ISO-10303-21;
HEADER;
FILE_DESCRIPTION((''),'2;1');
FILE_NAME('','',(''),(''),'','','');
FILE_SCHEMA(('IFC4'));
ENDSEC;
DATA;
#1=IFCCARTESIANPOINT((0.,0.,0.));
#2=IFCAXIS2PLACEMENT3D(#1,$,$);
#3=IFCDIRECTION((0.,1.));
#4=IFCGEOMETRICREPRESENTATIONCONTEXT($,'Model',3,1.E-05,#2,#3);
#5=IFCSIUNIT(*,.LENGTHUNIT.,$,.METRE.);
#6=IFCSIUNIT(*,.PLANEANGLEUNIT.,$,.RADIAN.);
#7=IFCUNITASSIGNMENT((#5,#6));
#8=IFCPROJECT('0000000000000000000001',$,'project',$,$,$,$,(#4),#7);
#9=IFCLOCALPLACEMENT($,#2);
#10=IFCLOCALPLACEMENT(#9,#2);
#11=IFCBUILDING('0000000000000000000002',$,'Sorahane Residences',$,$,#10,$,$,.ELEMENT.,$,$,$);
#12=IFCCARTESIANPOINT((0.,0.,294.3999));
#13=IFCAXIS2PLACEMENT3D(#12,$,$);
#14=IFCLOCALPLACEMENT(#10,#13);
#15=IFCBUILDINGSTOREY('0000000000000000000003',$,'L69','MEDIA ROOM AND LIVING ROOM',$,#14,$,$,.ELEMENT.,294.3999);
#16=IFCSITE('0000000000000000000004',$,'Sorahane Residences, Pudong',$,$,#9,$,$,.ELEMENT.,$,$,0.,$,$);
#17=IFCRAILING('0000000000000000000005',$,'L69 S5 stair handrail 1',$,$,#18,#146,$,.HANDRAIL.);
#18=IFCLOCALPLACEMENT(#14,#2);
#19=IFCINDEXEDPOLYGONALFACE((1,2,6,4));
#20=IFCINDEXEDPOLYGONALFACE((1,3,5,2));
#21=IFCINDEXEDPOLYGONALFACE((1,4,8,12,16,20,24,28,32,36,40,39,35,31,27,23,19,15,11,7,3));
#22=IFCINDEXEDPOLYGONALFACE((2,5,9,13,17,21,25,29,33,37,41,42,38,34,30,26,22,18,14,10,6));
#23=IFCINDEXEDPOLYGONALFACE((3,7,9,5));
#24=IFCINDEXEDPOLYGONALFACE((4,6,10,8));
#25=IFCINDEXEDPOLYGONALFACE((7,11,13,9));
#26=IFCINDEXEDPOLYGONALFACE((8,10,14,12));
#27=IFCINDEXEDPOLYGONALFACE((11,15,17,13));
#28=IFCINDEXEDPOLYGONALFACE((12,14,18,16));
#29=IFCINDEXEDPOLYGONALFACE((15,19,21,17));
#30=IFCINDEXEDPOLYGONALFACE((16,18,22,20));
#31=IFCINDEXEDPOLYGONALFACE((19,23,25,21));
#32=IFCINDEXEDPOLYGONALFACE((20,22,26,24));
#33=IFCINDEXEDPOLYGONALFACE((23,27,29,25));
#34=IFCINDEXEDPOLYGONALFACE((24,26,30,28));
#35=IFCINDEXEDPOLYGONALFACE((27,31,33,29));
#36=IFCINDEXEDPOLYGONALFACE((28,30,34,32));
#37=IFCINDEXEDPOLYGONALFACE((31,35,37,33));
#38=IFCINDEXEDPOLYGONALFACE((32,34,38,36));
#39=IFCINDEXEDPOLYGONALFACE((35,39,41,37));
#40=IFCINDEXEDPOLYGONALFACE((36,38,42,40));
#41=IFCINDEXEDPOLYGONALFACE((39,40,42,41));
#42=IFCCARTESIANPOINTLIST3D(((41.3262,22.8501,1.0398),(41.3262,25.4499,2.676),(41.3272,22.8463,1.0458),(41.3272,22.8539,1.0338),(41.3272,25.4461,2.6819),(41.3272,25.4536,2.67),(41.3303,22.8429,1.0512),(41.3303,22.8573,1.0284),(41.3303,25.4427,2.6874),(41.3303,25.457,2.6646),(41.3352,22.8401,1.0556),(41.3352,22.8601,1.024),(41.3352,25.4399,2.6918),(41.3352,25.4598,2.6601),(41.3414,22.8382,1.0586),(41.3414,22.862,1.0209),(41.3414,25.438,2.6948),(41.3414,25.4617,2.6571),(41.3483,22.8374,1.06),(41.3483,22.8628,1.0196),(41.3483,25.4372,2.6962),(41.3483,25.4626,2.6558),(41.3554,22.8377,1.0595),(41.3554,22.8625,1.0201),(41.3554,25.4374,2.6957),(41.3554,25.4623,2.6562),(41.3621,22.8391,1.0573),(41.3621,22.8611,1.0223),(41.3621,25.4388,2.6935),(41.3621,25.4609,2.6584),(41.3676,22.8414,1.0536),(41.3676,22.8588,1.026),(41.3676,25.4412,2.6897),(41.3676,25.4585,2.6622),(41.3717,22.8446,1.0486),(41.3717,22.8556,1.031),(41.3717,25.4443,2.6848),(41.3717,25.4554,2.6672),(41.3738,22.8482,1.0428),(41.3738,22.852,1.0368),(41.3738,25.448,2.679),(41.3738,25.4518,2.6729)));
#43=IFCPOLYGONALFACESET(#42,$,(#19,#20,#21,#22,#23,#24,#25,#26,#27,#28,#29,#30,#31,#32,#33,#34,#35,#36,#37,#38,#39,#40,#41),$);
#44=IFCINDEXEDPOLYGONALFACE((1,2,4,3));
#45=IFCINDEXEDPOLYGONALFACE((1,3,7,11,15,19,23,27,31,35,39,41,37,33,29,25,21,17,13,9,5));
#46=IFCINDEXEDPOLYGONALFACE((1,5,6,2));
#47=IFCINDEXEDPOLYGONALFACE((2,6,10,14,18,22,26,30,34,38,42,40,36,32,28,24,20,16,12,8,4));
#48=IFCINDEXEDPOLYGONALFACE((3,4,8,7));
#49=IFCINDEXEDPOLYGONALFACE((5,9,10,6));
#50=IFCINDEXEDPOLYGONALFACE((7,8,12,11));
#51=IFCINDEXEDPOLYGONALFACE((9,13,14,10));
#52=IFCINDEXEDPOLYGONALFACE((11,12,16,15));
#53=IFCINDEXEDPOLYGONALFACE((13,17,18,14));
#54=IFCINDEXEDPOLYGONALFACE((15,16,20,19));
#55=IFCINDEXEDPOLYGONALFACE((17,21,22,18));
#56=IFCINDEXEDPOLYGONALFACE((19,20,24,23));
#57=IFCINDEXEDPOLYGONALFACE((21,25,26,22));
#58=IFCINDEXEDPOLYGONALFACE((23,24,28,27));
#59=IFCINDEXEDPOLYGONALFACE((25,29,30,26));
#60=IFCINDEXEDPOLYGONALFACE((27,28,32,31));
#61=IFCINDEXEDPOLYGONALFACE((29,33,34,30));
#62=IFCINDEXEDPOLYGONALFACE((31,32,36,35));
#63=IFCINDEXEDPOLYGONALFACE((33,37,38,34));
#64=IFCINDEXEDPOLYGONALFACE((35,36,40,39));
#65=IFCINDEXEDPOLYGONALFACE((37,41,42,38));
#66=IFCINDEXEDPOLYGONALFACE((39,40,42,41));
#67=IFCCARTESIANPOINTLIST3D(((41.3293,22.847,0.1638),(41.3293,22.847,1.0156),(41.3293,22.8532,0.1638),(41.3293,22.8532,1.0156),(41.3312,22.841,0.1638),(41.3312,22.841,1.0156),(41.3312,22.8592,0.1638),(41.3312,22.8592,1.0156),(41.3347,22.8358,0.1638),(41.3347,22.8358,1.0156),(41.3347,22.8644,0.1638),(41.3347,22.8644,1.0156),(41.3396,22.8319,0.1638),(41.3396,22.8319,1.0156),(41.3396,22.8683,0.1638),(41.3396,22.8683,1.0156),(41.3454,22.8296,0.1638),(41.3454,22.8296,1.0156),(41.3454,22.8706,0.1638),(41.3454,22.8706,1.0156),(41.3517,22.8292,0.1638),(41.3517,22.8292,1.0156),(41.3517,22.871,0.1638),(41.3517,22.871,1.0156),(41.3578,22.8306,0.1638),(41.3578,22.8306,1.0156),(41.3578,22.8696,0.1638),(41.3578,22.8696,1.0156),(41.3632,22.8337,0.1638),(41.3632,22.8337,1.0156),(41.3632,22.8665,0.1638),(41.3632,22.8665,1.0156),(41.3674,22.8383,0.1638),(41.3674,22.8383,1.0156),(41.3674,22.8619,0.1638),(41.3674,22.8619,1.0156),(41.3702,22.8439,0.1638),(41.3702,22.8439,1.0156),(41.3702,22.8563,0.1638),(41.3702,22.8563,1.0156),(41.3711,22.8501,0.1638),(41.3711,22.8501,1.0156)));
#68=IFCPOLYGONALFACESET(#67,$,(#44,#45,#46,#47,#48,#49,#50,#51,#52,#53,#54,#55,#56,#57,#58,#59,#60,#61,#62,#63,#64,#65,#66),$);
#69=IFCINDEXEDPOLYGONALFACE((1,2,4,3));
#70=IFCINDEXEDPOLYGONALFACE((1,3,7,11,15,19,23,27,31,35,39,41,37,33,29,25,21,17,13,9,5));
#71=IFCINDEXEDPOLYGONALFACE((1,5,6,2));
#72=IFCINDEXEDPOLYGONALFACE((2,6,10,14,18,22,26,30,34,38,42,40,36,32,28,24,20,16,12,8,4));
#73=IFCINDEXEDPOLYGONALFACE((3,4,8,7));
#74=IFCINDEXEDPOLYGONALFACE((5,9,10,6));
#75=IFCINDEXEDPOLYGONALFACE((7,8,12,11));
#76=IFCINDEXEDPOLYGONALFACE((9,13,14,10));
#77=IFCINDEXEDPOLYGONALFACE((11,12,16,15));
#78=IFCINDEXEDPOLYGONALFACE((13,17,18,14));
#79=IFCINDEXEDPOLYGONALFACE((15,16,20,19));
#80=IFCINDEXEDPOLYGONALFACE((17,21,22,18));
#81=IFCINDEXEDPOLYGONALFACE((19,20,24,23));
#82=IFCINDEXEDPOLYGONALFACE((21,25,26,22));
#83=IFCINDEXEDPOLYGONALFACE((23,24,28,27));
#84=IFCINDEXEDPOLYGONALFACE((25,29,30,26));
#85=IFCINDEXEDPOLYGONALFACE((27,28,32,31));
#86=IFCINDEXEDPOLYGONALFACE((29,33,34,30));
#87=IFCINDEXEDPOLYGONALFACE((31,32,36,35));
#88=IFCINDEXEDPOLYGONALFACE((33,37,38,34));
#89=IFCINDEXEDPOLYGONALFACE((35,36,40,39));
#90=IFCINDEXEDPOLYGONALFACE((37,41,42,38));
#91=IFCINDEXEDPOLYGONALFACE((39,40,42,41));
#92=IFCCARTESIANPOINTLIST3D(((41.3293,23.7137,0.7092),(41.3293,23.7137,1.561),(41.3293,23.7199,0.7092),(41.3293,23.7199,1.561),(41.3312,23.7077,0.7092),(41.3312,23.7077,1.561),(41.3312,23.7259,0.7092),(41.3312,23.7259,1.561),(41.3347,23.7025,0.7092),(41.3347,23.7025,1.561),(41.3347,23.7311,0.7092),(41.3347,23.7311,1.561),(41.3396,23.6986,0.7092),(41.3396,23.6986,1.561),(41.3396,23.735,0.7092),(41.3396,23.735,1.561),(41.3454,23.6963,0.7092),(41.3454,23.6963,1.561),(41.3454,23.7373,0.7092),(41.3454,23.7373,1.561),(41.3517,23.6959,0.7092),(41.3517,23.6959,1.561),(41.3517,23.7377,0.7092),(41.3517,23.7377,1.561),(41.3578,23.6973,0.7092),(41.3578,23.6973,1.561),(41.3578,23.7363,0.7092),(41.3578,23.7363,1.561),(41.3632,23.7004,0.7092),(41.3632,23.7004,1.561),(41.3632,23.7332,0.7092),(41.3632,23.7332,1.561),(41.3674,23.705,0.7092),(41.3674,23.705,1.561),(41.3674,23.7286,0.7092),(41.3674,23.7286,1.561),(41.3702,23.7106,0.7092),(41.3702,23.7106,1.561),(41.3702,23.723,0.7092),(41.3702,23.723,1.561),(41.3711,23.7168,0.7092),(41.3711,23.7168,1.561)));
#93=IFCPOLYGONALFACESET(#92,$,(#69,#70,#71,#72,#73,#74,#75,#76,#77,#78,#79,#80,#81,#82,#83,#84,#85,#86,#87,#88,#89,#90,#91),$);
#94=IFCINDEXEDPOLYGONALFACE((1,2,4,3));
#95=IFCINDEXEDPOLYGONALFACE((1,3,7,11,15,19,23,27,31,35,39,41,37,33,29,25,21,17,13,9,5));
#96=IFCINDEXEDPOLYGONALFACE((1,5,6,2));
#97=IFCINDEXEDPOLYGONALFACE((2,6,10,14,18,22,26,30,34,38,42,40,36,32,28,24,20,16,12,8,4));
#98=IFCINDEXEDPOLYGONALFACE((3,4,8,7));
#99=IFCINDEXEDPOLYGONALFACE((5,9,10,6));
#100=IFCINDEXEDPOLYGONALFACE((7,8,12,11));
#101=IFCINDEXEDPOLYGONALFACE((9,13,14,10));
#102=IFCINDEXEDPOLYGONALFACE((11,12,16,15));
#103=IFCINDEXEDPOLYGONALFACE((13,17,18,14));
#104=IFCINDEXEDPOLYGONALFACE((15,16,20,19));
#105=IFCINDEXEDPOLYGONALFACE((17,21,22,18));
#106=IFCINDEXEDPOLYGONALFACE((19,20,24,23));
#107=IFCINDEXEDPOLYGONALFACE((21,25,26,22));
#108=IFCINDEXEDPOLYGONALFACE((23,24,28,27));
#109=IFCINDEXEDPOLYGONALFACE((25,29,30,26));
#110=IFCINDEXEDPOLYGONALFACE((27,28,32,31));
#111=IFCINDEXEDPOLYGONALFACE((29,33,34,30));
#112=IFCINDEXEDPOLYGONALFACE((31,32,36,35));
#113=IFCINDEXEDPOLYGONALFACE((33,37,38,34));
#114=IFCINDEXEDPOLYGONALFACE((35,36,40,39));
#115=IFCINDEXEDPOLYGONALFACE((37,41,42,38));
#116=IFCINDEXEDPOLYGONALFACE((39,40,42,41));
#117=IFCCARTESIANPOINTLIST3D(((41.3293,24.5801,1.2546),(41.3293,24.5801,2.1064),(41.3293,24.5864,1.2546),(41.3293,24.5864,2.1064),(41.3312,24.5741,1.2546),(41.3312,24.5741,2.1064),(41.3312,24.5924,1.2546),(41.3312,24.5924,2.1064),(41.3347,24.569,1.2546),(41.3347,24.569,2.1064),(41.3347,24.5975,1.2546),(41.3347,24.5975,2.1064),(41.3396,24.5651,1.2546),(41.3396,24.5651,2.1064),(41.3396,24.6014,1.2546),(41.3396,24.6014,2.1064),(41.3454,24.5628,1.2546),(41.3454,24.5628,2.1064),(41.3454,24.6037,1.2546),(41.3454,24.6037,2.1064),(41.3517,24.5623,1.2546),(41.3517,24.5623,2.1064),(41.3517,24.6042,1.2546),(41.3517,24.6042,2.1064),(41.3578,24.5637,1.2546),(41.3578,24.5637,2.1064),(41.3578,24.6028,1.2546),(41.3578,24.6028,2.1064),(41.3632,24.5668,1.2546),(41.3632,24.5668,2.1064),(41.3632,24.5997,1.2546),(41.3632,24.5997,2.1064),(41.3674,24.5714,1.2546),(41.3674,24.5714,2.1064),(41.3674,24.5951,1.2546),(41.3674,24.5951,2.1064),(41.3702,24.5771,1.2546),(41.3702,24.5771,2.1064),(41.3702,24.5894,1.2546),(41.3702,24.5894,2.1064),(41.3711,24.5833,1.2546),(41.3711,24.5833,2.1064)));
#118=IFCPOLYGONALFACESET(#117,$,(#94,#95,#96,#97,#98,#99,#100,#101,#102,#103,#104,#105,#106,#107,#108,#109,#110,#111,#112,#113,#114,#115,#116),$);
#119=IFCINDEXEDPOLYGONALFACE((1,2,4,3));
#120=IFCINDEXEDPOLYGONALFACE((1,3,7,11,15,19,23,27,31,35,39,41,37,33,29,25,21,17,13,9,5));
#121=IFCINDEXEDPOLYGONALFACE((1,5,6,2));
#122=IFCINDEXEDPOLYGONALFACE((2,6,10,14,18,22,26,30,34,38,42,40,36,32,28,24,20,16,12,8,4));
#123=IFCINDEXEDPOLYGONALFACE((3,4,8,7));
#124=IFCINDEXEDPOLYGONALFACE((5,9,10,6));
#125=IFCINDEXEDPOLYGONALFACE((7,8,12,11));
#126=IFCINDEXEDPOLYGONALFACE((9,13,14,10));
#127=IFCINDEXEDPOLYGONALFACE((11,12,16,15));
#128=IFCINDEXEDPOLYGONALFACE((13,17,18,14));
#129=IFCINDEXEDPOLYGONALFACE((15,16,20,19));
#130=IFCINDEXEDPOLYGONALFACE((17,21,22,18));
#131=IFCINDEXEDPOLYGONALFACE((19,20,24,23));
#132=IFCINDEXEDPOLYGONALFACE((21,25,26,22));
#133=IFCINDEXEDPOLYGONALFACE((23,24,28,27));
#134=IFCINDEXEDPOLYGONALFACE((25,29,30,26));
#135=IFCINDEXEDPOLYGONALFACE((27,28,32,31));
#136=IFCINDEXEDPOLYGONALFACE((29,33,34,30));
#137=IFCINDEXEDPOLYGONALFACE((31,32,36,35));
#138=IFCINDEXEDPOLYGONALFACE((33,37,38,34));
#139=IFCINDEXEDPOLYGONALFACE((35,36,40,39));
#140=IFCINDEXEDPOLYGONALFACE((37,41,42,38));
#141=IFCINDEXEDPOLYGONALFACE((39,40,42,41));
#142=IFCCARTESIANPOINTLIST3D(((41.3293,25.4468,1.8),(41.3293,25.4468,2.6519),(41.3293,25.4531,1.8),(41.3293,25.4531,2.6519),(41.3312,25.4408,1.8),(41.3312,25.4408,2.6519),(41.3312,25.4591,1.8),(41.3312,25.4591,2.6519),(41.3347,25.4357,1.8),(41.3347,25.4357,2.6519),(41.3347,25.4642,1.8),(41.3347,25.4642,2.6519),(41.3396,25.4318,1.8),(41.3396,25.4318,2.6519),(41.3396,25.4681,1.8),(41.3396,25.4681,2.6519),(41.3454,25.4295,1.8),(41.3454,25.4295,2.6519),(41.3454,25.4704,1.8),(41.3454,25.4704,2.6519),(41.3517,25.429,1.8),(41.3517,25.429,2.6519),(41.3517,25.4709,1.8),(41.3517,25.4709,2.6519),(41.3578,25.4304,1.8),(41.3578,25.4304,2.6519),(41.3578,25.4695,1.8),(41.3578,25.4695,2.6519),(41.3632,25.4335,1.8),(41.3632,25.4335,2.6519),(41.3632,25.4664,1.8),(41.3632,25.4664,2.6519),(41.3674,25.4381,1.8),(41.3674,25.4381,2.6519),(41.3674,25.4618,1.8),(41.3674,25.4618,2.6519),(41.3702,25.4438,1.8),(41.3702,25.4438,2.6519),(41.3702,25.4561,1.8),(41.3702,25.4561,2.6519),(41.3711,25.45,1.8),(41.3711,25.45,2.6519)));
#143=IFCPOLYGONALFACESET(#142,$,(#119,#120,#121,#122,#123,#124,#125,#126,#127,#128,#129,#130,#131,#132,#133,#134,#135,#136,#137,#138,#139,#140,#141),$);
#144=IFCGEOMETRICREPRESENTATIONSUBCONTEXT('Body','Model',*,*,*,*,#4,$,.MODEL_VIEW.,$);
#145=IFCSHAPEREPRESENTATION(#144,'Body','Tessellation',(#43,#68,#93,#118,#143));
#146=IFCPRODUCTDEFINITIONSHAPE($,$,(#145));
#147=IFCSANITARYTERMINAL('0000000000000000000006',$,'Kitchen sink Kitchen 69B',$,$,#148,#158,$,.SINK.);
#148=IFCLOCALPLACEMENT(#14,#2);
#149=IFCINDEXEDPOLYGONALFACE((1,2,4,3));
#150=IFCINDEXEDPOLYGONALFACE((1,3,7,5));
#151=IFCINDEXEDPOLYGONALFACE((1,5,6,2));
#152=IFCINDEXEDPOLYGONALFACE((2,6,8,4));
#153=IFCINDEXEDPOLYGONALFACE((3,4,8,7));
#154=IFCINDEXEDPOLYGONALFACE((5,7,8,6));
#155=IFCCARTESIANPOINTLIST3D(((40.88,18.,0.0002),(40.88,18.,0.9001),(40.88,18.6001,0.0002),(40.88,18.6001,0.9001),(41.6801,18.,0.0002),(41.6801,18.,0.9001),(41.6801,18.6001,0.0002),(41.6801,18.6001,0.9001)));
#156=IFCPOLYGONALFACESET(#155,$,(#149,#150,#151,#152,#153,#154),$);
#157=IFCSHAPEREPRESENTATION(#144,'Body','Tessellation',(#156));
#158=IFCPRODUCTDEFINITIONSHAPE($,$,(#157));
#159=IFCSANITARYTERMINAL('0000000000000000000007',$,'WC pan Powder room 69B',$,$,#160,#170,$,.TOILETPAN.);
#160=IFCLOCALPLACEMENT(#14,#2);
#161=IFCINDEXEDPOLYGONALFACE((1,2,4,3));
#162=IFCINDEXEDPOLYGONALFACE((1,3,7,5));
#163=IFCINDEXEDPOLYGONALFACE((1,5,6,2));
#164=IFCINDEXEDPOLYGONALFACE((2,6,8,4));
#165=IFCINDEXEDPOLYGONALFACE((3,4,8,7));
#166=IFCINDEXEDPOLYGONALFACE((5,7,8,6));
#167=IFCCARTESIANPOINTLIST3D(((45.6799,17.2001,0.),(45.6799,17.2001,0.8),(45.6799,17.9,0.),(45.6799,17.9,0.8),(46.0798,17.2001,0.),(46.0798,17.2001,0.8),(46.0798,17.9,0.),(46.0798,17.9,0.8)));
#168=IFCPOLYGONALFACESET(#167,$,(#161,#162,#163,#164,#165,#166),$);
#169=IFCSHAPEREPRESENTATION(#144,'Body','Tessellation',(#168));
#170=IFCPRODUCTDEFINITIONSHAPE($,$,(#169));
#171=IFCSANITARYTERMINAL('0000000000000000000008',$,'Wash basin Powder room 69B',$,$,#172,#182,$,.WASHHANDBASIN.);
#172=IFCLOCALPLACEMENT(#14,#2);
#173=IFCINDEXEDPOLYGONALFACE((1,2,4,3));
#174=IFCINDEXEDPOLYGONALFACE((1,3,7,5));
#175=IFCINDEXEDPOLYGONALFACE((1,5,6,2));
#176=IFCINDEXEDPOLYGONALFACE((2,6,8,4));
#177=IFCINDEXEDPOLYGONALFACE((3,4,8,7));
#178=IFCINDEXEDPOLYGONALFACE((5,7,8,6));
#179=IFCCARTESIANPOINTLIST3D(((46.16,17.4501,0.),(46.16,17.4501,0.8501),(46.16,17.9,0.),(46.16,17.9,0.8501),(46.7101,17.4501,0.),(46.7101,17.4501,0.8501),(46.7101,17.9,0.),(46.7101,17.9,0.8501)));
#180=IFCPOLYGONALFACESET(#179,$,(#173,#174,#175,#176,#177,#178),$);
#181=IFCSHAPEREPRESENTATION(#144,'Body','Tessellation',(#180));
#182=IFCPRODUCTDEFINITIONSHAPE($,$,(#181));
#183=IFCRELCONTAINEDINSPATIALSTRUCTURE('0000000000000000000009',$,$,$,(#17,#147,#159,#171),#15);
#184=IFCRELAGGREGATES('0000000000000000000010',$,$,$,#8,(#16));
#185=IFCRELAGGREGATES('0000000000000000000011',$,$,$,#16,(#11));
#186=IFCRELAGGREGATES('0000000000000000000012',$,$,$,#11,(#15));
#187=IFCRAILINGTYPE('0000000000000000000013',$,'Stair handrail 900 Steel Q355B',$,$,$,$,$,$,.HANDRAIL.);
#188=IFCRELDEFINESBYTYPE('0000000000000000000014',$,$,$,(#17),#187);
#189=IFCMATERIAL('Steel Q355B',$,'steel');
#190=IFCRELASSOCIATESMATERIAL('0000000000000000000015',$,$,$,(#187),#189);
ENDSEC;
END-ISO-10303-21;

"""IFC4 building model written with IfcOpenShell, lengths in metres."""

from ifc_helpers import new_model, si_unit, direction, frame, origin, origin_2d, place, context, subcontext, project, spatial, rectangle, circle, extrude, material, type_object, element, save


model = new_model("IFC4")

# Units and contexts
model_context = context("Model", 3, precision=1e-05, world=origin(), true_north=direction((0.0, 1.0)))
body_context = subcontext(model_context, "Body", "Model", "MODEL_VIEW")
ifc_project = project(units=[si_unit("LENGTHUNIT", "METRE"), si_unit("PLANEANGLEUNIT", "RADIAN")], contexts=[model_context])

# Site, building, storey
site_placement = place(None, origin())
site = spatial("IfcSite", under=ifc_project, at=site_placement, Name="Sorahane Residences, Pudong", CompositionType="ELEMENT", RefElevation=0.0)
building_placement = place(site_placement, origin())
building = spatial("IfcBuilding", under=site, at=building_placement, Name="Sorahane Residences", CompositionType="ELEMENT")
storey_placement = place(building_placement, frame((0.0, 0.0, 294.3999)))
storey = spatial("IfcBuildingStorey", under=building, at=storey_placement, Name="L69", Description="MEDIA ROOM AND LIVING ROOM", CompositionType="ELEMENT", Elevation=294.3999)

# Railing
ifc_material_1 = material(Name="Steel Q355B", Category="steel")
railing_type_1 = type_object("IfcRailingType", Name="Stair handrail 900 Steel Q355B", PredefinedType="HANDRAIL", material=ifc_material_1)
railing_1_placement = place(storey_placement, frame((41.3501, 22.8501, 0.1638)))
element("IfcRailing", 1, at=railing_1_placement, inside=storey, type_object=railing_type_1, Name="L69 S5 stair handrail 1", PredefinedType="HANDRAIL", context=body_context, shape_type="SweptSolid", body=[
    extrude(circle(Radius=0.0239, at=origin_2d()), frame((0.0, 0.0, 0.876), z_axis=(0.0, 0.846338, 0.532647), x_axis=(-1.0, 0.0, 0.0)), (0.0, 0.0, 1.0), 3.0718),
    extrude(circle(Radius=0.021, at=origin_2d()), origin(), (0.0, 0.0, 1.0), 0.8518),
    extrude(circle(Radius=0.021, at=origin_2d()), frame((0.0, 0.8667, 0.5454)), (0.0, 0.0, 1.0), 0.8518),
    extrude(circle(Radius=0.021, at=origin_2d()), frame((0.0, 1.7332, 1.0908)), (0.0, 0.0, 1.0), 0.8518),
    extrude(circle(Radius=0.021, at=origin_2d()), frame((0.0, 2.5999, 1.6362)), (0.0, 0.0, 1.0), 0.8518),
])

# Sanitary terminals
sanitary_terminal_1_placement = place(storey_placement, frame((41.28, 18.3, 0.0002), z_axis=(0.0, 0.0, 1.0), x_axis=(1.0, 0.0, 0.0)))
element("IfcSanitaryTerminal", 2, at=sanitary_terminal_1_placement, inside=storey, Name="Kitchen sink Kitchen 69B", PredefinedType="SINK", context=body_context, shape_type="SweptSolid", body=[
    extrude(rectangle(XDim=0.8, YDim=0.6001, at=origin_2d()), origin(), (0.0, 0.0, 1.0), 0.8999),
])
sanitary_terminal_2_placement = place(storey_placement, frame((45.8799, 17.55, 0.0), z_axis=(0.0, 0.0, 1.0), x_axis=(1.0, 0.0, 0.0)))
element("IfcSanitaryTerminal", 3, at=sanitary_terminal_2_placement, inside=storey, Name="WC pan Powder room 69B", PredefinedType="TOILETPAN", context=body_context, shape_type="SweptSolid", body=[
    extrude(rectangle(XDim=0.3999, YDim=0.7, at=origin_2d()), origin(), (0.0, 0.0, 1.0), 0.8),
])
sanitary_terminal_3_placement = place(storey_placement, frame((46.4351, 17.675, 0.0), z_axis=(0.0, 0.0, 1.0), x_axis=(1.0, 0.0, 0.0)))
element("IfcSanitaryTerminal", 4, at=sanitary_terminal_3_placement, inside=storey, Name="Wash basin Powder room 69B", PredefinedType="WASHHANDBASIN", context=body_context, shape_type="SweptSolid", body=[
    extrude(rectangle(XDim=0.55, YDim=0.45, at=origin_2d()), origin(), (0.0, 0.0, 1.0), 0.8501),
])

save(model, "model.ifc")
